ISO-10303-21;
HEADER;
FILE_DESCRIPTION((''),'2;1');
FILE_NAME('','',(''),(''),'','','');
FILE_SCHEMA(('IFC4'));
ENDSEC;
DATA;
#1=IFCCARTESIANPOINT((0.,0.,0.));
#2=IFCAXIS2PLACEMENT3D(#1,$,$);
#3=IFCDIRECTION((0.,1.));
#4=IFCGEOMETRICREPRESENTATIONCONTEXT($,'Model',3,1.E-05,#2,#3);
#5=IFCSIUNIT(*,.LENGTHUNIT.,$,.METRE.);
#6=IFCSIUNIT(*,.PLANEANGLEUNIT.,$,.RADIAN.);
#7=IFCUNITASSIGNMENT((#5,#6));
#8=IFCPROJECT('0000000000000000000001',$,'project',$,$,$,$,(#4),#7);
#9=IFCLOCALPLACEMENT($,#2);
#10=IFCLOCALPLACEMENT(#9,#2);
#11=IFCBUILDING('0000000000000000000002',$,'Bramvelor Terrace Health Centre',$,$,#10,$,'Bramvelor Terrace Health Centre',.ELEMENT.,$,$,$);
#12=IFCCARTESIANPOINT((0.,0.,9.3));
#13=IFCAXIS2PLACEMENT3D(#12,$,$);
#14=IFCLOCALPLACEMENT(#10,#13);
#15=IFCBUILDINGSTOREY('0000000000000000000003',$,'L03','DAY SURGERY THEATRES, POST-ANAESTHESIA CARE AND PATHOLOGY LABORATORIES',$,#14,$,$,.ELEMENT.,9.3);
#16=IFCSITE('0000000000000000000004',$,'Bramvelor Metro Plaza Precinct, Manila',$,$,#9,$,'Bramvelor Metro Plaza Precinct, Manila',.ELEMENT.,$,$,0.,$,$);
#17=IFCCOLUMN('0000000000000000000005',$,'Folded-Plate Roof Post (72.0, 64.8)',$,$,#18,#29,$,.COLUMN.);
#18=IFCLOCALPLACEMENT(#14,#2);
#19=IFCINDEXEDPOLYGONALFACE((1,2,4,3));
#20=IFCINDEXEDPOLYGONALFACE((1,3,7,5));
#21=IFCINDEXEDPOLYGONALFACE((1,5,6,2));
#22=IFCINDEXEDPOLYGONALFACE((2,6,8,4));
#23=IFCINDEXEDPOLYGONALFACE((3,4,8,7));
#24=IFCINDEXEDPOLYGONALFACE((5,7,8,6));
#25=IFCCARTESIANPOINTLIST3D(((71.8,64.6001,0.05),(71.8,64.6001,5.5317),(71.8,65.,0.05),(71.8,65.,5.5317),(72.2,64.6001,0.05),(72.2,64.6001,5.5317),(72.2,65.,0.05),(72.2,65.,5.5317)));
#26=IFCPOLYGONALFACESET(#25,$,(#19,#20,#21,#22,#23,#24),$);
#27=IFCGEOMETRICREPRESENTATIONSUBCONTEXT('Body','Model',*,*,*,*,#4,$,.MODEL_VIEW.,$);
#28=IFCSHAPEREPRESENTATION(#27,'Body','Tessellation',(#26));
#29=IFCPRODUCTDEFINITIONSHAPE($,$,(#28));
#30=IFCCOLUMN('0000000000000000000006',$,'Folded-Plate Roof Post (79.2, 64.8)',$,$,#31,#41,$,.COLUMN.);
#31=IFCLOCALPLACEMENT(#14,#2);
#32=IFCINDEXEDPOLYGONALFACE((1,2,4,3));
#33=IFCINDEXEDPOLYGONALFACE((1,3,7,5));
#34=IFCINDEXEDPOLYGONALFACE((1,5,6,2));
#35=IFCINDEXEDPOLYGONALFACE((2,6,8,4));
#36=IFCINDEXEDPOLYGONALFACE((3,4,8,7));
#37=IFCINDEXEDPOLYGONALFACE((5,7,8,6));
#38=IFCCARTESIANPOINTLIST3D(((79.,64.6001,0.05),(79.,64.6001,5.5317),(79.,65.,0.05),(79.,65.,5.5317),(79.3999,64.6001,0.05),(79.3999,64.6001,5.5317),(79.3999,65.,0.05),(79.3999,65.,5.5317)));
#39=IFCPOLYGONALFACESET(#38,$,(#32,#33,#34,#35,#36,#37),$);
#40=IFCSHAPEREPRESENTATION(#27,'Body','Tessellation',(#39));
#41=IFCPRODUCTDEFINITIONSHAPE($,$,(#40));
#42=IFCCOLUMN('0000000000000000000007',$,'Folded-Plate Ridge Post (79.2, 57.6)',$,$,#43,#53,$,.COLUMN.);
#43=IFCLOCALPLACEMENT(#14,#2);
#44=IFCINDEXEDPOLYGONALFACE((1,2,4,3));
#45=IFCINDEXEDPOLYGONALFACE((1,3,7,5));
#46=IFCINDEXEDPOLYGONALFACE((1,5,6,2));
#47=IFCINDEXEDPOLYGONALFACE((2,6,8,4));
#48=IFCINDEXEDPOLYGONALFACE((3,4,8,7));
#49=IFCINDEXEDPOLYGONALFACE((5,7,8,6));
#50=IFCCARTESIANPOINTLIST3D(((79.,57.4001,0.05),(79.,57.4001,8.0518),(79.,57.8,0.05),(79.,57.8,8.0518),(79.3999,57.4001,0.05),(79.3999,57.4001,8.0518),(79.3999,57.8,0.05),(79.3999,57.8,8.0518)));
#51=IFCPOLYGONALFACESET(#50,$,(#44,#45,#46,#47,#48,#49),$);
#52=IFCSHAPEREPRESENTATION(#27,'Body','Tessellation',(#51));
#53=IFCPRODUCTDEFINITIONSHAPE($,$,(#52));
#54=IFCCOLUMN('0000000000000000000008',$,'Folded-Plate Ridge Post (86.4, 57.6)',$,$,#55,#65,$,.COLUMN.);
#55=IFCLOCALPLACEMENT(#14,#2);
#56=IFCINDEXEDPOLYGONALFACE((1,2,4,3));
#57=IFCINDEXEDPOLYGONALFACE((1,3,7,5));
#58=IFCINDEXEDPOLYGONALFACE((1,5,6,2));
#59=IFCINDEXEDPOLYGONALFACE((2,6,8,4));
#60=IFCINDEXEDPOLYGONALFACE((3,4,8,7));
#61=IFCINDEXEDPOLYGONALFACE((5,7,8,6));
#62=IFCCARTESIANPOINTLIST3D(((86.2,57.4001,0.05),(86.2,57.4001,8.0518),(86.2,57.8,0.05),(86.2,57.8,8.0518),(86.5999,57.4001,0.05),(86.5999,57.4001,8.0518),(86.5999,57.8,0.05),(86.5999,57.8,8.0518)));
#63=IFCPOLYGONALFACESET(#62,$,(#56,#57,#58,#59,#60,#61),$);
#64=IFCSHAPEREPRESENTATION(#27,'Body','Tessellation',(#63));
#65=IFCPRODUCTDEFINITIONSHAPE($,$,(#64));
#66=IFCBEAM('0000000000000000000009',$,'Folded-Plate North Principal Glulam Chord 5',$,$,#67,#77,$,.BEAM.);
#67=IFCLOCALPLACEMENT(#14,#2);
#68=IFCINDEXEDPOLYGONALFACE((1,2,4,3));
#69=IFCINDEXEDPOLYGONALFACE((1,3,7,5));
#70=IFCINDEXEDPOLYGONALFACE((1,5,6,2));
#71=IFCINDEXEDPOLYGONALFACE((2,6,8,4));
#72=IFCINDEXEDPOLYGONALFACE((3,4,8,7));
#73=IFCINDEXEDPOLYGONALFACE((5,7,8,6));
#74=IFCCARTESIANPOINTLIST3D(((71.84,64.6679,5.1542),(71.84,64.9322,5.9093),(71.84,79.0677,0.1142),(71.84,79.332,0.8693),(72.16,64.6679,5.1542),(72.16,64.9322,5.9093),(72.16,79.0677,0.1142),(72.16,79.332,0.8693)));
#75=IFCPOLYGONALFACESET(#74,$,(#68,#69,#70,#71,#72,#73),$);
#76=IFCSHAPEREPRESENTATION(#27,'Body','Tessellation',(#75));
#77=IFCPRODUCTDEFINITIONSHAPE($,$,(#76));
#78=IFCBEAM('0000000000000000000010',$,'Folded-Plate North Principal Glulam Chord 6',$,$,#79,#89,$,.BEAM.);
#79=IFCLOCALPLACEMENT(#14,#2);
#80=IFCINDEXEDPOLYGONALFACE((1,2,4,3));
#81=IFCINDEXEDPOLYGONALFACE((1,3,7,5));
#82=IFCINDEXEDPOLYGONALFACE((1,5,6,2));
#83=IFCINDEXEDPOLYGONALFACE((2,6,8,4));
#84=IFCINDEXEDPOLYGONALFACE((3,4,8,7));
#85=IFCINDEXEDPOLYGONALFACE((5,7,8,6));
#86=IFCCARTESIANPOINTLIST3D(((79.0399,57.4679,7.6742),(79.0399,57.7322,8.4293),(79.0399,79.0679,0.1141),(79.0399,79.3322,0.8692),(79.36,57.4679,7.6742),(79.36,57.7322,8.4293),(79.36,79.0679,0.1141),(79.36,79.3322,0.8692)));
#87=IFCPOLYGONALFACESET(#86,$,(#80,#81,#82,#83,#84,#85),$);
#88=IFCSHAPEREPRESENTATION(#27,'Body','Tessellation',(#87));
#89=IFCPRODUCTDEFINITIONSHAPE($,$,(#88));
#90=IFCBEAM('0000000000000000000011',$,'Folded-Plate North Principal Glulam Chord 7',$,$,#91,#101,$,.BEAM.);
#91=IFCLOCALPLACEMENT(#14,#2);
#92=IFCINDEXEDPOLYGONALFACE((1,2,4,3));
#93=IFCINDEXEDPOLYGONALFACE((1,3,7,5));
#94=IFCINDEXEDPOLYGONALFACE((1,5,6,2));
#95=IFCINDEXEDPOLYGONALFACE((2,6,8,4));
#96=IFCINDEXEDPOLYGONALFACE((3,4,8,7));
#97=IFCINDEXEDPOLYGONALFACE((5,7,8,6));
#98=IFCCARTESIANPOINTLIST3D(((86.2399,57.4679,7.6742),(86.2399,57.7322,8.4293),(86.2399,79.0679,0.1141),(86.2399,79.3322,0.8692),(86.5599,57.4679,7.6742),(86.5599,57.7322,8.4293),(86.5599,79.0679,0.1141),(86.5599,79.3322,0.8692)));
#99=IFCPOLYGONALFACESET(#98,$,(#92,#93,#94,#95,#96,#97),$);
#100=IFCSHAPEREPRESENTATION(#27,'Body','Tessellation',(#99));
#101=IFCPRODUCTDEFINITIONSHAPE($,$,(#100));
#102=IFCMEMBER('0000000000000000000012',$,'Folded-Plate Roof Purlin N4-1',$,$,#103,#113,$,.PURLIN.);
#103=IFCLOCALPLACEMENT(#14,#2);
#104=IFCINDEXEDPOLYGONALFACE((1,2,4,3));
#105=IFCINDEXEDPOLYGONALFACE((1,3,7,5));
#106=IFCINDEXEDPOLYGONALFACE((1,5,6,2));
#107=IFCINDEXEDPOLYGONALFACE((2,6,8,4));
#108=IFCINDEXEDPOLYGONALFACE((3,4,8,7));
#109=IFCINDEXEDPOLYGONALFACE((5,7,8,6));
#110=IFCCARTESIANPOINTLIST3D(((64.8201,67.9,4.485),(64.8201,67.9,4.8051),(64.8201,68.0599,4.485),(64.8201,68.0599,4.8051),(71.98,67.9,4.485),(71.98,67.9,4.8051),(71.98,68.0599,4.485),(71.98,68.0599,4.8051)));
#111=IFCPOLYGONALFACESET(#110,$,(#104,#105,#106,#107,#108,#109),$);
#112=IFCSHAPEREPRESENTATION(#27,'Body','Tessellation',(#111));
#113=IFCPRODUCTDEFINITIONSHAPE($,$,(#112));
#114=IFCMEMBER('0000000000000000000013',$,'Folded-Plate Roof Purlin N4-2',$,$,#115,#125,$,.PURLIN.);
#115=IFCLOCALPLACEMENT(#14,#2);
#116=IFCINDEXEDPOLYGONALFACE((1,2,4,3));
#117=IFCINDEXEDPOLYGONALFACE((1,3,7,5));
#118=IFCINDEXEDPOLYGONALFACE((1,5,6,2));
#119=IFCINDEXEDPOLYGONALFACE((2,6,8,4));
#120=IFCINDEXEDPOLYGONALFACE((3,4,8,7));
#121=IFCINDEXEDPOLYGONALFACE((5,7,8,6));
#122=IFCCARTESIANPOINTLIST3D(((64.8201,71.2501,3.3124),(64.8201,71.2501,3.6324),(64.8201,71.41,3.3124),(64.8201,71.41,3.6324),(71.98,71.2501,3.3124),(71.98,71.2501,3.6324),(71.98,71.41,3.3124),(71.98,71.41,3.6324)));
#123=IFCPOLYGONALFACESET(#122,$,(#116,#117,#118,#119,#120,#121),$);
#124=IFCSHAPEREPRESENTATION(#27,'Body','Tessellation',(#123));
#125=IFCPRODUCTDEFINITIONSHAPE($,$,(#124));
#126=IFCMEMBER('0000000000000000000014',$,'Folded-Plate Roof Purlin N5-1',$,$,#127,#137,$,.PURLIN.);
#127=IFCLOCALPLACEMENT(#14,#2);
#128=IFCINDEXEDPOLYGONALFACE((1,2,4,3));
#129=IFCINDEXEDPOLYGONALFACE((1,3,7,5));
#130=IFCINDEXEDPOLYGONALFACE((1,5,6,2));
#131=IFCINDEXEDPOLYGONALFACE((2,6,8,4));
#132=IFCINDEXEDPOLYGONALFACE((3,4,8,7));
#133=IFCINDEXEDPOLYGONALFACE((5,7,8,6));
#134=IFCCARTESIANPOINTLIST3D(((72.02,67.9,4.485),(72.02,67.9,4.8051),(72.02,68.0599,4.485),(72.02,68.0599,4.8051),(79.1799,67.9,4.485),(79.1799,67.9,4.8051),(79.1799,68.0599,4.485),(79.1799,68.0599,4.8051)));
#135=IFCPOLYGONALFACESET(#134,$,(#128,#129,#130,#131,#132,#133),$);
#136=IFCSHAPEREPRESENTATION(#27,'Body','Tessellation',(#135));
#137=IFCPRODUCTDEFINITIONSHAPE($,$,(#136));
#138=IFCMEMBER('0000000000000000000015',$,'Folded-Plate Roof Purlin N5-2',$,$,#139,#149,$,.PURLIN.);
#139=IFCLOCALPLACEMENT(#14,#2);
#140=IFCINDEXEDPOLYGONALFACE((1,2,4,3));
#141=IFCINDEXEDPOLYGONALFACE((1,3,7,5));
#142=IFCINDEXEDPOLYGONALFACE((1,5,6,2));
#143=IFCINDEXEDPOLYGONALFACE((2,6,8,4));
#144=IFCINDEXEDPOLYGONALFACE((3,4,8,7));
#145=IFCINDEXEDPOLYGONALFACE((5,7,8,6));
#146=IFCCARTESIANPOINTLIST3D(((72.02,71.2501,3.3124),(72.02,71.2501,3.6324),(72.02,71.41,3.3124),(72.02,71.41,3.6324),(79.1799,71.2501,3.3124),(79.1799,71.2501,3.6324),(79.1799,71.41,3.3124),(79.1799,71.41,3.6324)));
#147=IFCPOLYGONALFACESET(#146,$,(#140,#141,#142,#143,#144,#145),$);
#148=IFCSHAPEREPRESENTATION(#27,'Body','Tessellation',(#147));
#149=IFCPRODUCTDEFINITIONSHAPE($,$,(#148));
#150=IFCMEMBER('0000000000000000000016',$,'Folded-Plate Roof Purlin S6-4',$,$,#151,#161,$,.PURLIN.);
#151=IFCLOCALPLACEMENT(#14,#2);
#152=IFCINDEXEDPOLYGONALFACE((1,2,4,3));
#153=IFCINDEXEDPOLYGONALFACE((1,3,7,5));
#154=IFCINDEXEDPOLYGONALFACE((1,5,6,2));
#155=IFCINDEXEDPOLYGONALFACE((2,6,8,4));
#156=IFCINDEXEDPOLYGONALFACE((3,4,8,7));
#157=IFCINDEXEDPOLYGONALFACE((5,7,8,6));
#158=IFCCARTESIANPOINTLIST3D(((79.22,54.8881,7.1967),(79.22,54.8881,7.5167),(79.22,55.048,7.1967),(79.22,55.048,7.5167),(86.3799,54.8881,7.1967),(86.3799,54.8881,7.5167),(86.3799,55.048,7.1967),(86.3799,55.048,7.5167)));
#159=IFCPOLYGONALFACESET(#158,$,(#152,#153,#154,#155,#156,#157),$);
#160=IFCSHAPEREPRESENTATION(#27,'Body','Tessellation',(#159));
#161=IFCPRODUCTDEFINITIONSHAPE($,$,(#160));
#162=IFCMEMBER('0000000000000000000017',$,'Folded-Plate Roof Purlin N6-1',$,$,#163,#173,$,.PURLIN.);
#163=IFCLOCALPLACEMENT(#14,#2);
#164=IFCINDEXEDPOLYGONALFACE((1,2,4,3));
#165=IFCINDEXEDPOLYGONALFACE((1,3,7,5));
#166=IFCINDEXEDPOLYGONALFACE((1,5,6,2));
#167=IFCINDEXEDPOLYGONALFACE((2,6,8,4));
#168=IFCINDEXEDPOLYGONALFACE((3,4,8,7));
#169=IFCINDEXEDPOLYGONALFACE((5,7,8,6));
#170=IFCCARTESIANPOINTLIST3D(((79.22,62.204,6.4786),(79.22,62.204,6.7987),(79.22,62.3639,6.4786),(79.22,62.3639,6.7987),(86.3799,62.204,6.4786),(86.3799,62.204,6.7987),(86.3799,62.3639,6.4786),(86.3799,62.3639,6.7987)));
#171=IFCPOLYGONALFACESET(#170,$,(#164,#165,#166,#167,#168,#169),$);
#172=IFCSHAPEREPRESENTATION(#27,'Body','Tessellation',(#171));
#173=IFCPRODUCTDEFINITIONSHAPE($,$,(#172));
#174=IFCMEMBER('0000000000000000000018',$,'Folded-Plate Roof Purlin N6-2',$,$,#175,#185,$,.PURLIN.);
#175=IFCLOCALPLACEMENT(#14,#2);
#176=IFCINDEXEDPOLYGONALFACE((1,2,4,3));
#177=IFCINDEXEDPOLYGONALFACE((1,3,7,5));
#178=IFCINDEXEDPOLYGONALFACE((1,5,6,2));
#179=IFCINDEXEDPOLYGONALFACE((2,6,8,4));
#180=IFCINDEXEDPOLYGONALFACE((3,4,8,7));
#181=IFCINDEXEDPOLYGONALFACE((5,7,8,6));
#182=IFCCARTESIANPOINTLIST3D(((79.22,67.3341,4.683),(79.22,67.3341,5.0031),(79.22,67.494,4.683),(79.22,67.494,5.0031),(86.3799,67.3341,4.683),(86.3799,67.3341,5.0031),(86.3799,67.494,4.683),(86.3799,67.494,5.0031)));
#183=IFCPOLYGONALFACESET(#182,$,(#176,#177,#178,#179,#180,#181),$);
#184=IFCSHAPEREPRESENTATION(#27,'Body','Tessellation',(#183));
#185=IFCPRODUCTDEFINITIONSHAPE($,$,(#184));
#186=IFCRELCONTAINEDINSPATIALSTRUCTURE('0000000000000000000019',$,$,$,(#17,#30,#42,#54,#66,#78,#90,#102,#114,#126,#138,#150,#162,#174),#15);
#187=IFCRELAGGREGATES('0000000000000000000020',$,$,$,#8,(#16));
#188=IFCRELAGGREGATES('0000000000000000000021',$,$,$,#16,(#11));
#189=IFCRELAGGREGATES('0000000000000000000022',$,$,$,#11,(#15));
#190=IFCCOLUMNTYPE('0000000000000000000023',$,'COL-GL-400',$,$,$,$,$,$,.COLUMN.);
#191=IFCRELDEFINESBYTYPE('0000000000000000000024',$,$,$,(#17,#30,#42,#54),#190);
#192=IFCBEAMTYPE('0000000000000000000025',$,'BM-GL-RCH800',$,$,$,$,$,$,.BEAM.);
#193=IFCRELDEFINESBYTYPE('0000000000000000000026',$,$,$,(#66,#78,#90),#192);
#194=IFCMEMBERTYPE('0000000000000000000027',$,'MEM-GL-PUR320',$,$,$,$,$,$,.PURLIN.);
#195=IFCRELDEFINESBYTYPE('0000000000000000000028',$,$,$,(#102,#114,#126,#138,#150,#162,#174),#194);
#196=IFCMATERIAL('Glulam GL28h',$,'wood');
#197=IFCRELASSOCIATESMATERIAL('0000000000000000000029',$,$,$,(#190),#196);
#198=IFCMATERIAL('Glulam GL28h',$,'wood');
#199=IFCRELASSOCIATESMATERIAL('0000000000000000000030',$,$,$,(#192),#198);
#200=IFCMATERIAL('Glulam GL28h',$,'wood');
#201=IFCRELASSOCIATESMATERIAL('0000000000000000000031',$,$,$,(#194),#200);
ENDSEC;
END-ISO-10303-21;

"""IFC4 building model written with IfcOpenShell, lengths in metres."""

from ifc_helpers import new_model, si_unit, direction, frame, origin, origin_2d, place, context, subcontext, project, spatial, rectangle, extrude, material, material_profile, profile_set, type_object, element, save


model = new_model("IFC4")

# Units and contexts
model_context = context("Model", 3, precision=1e-05, world=origin(), true_north=direction((0.0, 1.0)))
body_context = subcontext(model_context, "Body", "Model", "MODEL_VIEW")
ifc_project = project(units=[si_unit("LENGTHUNIT", "METRE"), si_unit("PLANEANGLEUNIT", "RADIAN")], contexts=[model_context])

# Site, building, storey
site_placement = place(None, origin())
site = spatial("IfcSite", under=ifc_project, at=site_placement, Name="Bramvelor Metro Plaza Precinct, Manila", LongName="Bramvelor Metro Plaza Precinct, Manila", CompositionType="ELEMENT", RefElevation=0.0)
building_placement = place(site_placement, origin())
building = spatial("IfcBuilding", under=site, at=building_placement, Name="Bramvelor Terrace Health Centre", LongName="Bramvelor Terrace Health Centre", CompositionType="ELEMENT")
storey_placement = place(building_placement, frame((0.0, 0.0, 9.3)))
storey = spatial("IfcBuildingStorey", under=building, at=storey_placement, Name="L03", Description="DAY SURGERY THEATRES, POST-ANAESTHESIA CARE AND PATHOLOGY LABORATORIES", CompositionType="ELEMENT", Elevation=9.3)

# Columns
ifc_material_1 = material(Name="Glulam GL28h", Category="wood")
ifc_material_profile_1 = material_profile(ifc_material_1, rectangle(XDim=0.3999, YDim=0.3999, at=origin_2d()), Name="GL 400x400")
ifc_profile_set_1 = profile_set([ifc_material_profile_1], Name="Glulam GL28h")
column_type = type_object("IfcColumnType", Name="COL-GL-400", PredefinedType="COLUMN", material=ifc_profile_set_1)
for number, where, z_axis, x_axis, name in (
    (1, (72.0, 64.8, 0.05), (0.0, 0.0, 1.0), (1.0, 0.0, 0.0), "Folded-Plate Roof Post (72.0, 64.8)"),
    (2, (79.2, 64.8, 0.05), (0.0, 0.0, 1.0), (1.0, 0.0, 0.0), "Folded-Plate Roof Post (79.2, 64.8)"),
):
    element("IfcColumn", number, at=place(storey_placement, frame(where, z_axis=z_axis, x_axis=x_axis)), inside=storey, type_object=column_type, Name=name, PredefinedType="COLUMN", context=body_context, shape_type="SweptSolid", body=[
        extrude(rectangle(XDim=0.3999, YDim=0.3999, at=origin_2d()), origin(), (0.0, 0.0, 1.0), 5.4817),
    ])
for number, where, z_axis, x_axis, name in (
    (3, (79.2, 57.6001, 0.05), (0.0, 0.0, 1.0), (1.0, 0.0, 0.0), "Folded-Plate Ridge Post (79.2, 57.6)"),
    (4, (86.3999, 57.6001, 0.05), (0.0, 0.0, 1.0), (1.0, 0.0, 0.0), "Folded-Plate Ridge Post (86.4, 57.6)"),
):
    element("IfcColumn", number, at=place(storey_placement, frame(where, z_axis=z_axis, x_axis=x_axis)), inside=storey, type_object=column_type, Name=name, PredefinedType="COLUMN", context=body_context, shape_type="SweptSolid", body=[
        extrude(rectangle(XDim=0.3999, YDim=0.3999, at=origin_2d()), origin(), (0.0, 0.0, 1.0), 8.0017),
    ])

# Beams
ifc_material_2 = material(Name="Glulam GL28h", Category="wood")
ifc_material_profile_2 = material_profile(ifc_material_2, rectangle(XDim=0.3201, YDim=0.8, at=origin_2d()), Name="GL 320x800")
ifc_profile_set_2 = profile_set([ifc_material_profile_2], Name="Glulam GL28h")
beam_type = type_object("IfcBeamType", Name="BM-GL-RCH800", PredefinedType="BEAM", material=ifc_profile_set_2)
beam_placement = place(storey_placement, frame((72.0, 64.8, 5.5317), z_axis=(0.0, 0.943857, -0.330355), x_axis=(-1.0, 0.0, 0.0)))
element("IfcBeam", 5, at=beam_placement, inside=storey, type_object=beam_type, Name="Folded-Plate North Principal Glulam Chord 5", PredefinedType="BEAM", context=body_context, shape_type="SweptSolid", body=[
    extrude(rectangle(XDim=0.3201, YDim=0.8, at=origin_2d()), origin(), (0.0, 0.0, 1.0), 15.2563),
])
for number, where, z_axis, x_axis, name in (
    (6, (79.2, 57.6001, 8.0518), (0.0, 0.943857, -0.330355), (-1.0, 0.0, 0.0), "Folded-Plate North Principal Glulam Chord 6"),
    (7, (86.3999, 57.6001, 8.0518), (0.0, 0.943857, -0.330355), (-1.0, 0.0, 0.0), "Folded-Plate North Principal Glulam Chord 7"),
):
    element("IfcBeam", number, at=place(storey_placement, frame(where, z_axis=z_axis, x_axis=x_axis)), inside=storey, type_object=beam_type, Name=name, PredefinedType="BEAM", context=body_context, shape_type="SweptSolid", body=[
        extrude(rectangle(XDim=0.3201, YDim=0.8, at=origin_2d()), origin(), (0.0, 0.0, 1.0), 22.8848),
    ])

# Members
ifc_material_3 = material(Name="Glulam GL28h", Category="wood")
ifc_material_profile_3 = material_profile(ifc_material_3, rectangle(XDim=0.1599, YDim=0.3201, at=origin_2d()), Name="GL 160x320")
ifc_profile_set_3 = profile_set([ifc_material_profile_3], Name="Glulam GL28h")
member_type_1 = type_object("IfcMemberType", Name="MEM-GL-PUR320", PredefinedType="PURLIN", material=ifc_profile_set_3)
for number, where, z_axis, x_axis, name in (
    (8, (64.8201, 67.98, 4.645), (1.0, 0.0, 0.0), (0.0, 1.0, 0.0), "Folded-Plate Roof Purlin N4-1"),
    (9, (64.8201, 71.3301, 3.4724), (1.0, 0.0, 0.0), (0.0, 1.0, 0.0), "Folded-Plate Roof Purlin N4-2"),
    (10, (72.02, 67.98, 4.645), (1.0, 0.0, 0.0), (0.0, 1.0, 0.0), "Folded-Plate Roof Purlin N5-1"),
    (11, (72.02, 71.3301, 3.4724), (1.0, 0.0, 0.0), (0.0, 1.0, 0.0), "Folded-Plate Roof Purlin N5-2"),
    (12, (79.22, 54.968, 7.3567), (1.0, 0.0, 0.0), (0.0, 1.0, 0.0), "Folded-Plate Roof Purlin S6-4"),
    (13, (79.22, 62.2839, 6.6387), (1.0, 0.0, 0.0), (0.0, 1.0, 0.0), "Folded-Plate Roof Purlin N6-1"),
    (14, (79.22, 67.4141, 4.843), (1.0, 0.0, 0.0), (0.0, 1.0, 0.0), "Folded-Plate Roof Purlin N6-2"),
):
    element("IfcMember", number, at=place(storey_placement, frame(where, z_axis=z_axis, x_axis=x_axis)), inside=storey, type_object=member_type_1, Name=name, PredefinedType="PURLIN", context=body_context, shape_type="SweptSolid", body=[
        extrude(rectangle(XDim=0.1599, YDim=0.3201, at=origin_2d()), origin(), (0.0, 0.0, 1.0), 7.1599),
    ])

save(model, "model.ifc")
